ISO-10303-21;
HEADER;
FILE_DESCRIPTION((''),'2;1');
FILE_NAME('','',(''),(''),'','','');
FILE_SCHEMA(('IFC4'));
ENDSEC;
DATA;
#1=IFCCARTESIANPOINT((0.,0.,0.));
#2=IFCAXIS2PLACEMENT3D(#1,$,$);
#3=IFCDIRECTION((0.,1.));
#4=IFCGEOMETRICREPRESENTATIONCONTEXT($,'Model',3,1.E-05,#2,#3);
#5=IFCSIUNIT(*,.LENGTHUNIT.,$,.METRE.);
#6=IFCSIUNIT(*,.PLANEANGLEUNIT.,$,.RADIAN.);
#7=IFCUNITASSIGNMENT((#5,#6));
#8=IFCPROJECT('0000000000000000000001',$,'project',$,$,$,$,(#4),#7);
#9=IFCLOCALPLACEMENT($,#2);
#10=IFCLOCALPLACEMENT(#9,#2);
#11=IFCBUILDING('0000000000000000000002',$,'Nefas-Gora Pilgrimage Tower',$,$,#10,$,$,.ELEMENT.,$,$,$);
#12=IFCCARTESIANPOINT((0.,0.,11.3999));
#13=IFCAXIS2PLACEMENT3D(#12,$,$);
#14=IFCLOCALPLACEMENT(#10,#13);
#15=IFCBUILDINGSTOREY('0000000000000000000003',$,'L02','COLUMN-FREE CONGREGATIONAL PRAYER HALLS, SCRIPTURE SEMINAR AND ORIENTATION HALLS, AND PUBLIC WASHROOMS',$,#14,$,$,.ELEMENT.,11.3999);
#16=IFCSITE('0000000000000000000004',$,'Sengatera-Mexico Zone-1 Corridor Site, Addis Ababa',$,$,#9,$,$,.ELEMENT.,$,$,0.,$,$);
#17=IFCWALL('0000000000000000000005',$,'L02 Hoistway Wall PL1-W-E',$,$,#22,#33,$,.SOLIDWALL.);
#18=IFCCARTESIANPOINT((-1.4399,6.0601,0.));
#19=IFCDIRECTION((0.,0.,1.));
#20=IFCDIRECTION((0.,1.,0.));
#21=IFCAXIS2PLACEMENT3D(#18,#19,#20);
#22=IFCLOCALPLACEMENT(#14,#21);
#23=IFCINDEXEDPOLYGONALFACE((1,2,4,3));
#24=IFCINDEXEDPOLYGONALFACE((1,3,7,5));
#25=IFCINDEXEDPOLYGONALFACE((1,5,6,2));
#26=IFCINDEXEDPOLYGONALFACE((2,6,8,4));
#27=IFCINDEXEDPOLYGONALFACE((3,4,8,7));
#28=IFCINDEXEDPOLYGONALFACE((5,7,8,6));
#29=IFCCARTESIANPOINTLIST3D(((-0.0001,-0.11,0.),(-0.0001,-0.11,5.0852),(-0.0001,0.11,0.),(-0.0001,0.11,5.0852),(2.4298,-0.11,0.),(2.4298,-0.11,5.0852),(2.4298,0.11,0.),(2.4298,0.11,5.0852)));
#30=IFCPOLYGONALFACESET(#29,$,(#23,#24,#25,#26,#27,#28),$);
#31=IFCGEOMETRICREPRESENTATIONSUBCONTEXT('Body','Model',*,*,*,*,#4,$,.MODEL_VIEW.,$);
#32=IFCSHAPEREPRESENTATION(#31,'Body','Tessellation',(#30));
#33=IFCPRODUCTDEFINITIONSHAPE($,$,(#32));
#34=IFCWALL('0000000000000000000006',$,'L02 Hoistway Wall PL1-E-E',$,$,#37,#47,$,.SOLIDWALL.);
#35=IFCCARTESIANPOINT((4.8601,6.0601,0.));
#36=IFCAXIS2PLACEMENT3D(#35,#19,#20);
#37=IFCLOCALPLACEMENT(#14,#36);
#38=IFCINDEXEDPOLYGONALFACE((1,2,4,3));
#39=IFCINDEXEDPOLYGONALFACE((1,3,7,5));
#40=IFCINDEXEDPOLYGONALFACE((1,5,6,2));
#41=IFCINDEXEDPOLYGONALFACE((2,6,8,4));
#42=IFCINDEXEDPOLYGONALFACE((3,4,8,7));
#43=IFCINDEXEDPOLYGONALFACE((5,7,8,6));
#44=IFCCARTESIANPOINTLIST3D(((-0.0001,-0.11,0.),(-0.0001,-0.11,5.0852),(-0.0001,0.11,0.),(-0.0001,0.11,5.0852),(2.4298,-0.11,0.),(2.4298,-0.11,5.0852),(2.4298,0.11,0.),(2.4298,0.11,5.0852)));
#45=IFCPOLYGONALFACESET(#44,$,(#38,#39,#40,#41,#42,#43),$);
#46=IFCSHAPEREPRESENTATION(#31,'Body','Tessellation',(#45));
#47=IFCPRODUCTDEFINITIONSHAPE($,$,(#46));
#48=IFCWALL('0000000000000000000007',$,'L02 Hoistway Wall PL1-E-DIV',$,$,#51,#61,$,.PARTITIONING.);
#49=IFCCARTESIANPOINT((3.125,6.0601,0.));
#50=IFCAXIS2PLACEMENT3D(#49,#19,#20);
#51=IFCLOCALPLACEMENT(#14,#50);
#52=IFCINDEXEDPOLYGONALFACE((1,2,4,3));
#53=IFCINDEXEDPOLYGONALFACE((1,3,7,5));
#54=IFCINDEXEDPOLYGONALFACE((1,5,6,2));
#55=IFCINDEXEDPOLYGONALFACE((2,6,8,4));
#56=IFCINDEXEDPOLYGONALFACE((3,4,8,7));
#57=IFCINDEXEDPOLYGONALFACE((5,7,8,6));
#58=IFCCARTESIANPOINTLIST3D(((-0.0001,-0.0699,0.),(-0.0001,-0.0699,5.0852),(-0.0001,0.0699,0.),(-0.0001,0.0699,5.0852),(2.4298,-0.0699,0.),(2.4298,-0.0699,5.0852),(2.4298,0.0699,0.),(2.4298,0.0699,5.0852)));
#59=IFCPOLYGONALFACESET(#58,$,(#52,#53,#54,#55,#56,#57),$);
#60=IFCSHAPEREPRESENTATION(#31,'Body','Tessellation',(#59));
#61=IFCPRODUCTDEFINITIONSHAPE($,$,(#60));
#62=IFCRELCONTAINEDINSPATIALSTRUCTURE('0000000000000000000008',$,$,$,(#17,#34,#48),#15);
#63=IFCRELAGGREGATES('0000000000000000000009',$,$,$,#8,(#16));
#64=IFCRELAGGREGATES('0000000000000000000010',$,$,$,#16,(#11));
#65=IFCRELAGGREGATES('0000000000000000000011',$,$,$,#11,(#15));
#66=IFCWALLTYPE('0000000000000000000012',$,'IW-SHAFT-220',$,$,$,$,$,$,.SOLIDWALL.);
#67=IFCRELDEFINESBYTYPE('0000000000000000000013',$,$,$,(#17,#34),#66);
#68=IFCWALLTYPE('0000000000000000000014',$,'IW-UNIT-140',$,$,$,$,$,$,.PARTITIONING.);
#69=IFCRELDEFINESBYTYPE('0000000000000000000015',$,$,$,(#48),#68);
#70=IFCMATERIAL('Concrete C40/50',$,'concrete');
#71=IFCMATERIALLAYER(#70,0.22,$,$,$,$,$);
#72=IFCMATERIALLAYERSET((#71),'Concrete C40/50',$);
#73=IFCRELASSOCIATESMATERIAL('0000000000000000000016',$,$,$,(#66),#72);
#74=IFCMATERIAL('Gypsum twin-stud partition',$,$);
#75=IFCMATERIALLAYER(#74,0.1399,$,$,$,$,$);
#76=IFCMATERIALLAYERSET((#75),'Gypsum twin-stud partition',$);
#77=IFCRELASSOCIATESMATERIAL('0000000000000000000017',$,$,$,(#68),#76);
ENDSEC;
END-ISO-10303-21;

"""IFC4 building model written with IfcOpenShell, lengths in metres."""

from ifc_helpers import new_model, si_unit, direction, frame, frame_2d, origin, place, context, subcontext, project, spatial, rectangle, extrude, source, transform, mapped, material, layer, layer_set, type_object, element, save


model = new_model("IFC4")

# Units and contexts
model_context = context("Model", 3, precision=1e-05, world=origin(), true_north=direction((0.0, 1.0)))
body_context = subcontext(model_context, "Body", "Model", "MODEL_VIEW")
ifc_project = project(units=[si_unit("LENGTHUNIT", "METRE"), si_unit("PLANEANGLEUNIT", "RADIAN")], contexts=[model_context])

# Site, building, storey
site_placement = place(None, origin())
site = spatial("IfcSite", under=ifc_project, at=site_placement, Name="Sengatera-Mexico Zone-1 Corridor Site, Addis Ababa", CompositionType="ELEMENT", RefElevation=0.0)
building_placement = place(site_placement, origin())
building = spatial("IfcBuilding", under=site, at=building_placement, Name="Nefas-Gora Pilgrimage Tower", CompositionType="ELEMENT")
storey_placement = place(building_placement, frame((0.0, 0.0, 11.3999)))
storey = spatial("IfcBuildingStorey", under=building, at=storey_placement, Name="L02", Description="COLUMN-FREE CONGREGATIONAL PRAYER HALLS, SCRIPTURE SEMINAR AND ORIENTATION HALLS, AND PUBLIC WASHROOMS", CompositionType="ELEMENT", Elevation=11.3999)

# Shared definitions
ifc_material_1 = material(Name="Concrete C40/50", Category="concrete")
ifc_layer_1 = layer(ifc_material_1, 0.22)
ifc_layer_set_1 = layer_set([ifc_layer_1], Name="Concrete C40/50")
wall_type_1 = type_object("IfcWallType", Name="IW-SHAFT-220", PredefinedType="SOLIDWALL", material=ifc_layer_set_1)

# Walls
shared_shape_1 = source(origin(), body_context, "Body", "SweptSolid", [
    extrude(rectangle(XDim=2.4299, YDim=0.22, at=frame_2d((1.2148, 0.0))), origin(), (0.0, 0.0, 1.0), 5.0852),
])
for number, where, z_axis, x_axis, name in (
    (1, (-1.4399, 6.0601, 0.0), (0.0, 0.0, 1.0), (0.0, 1.0, 0.0), "L02 Hoistway Wall PL1-W-E"),
    (2, (4.8601, 6.0601, 0.0), (0.0, 0.0, 1.0), (0.0, 1.0, 0.0), "L02 Hoistway Wall PL1-E-E"),
):
    element("IfcWall", number, at=place(storey_placement, frame(where, z_axis=z_axis, x_axis=x_axis)), inside=storey, type_object=wall_type_1, Name=name, PredefinedType="SOLIDWALL", context=body_context, shape_type="MappedRepresentation", body=[
        mapped(shared_shape_1, transform((0.0, 0.0, 0.0), x_axis=(1.0, 0.0, 0.0), y_axis=(0.0, 1.0, 0.0), z_axis=(0.0, 0.0, 1.0), scale=1.0)),
    ])
ifc_material_2 = material(Name="Gypsum twin-stud partition")
ifc_layer_2 = layer(ifc_material_2, 0.1399)
ifc_layer_set_2 = layer_set([ifc_layer_2], Name="Gypsum twin-stud partition")
wall_type_2 = type_object("IfcWallType", Name="IW-UNIT-140", PredefinedType="PARTITIONING", material=ifc_layer_set_2)
shared_shape_2 = source(origin(), body_context, "Body", "SweptSolid", [
    extrude(rectangle(XDim=2.4299, YDim=0.1399, at=frame_2d((1.2148, 0.0))), origin(), (0.0, 0.0, 1.0), 5.0852),
])
wall_1_placement = place(storey_placement, frame((3.125, 6.0601, 0.0), z_axis=(0.0, 0.0, 1.0), x_axis=(0.0, 1.0, 0.0)))
element("IfcWall", 3, at=wall_1_placement, inside=storey, type_object=wall_type_2, Name="L02 Hoistway Wall PL1-E-DIV", PredefinedType="PARTITIONING", context=body_context, shape_type="MappedRepresentation", body=[
    mapped(shared_shape_2, transform((0.0, 0.0, 0.0), x_axis=(1.0, 0.0, 0.0), y_axis=(0.0, 1.0, 0.0), z_axis=(0.0, 0.0, 1.0), scale=1.0)),
])

save(model, "model.ifc")
